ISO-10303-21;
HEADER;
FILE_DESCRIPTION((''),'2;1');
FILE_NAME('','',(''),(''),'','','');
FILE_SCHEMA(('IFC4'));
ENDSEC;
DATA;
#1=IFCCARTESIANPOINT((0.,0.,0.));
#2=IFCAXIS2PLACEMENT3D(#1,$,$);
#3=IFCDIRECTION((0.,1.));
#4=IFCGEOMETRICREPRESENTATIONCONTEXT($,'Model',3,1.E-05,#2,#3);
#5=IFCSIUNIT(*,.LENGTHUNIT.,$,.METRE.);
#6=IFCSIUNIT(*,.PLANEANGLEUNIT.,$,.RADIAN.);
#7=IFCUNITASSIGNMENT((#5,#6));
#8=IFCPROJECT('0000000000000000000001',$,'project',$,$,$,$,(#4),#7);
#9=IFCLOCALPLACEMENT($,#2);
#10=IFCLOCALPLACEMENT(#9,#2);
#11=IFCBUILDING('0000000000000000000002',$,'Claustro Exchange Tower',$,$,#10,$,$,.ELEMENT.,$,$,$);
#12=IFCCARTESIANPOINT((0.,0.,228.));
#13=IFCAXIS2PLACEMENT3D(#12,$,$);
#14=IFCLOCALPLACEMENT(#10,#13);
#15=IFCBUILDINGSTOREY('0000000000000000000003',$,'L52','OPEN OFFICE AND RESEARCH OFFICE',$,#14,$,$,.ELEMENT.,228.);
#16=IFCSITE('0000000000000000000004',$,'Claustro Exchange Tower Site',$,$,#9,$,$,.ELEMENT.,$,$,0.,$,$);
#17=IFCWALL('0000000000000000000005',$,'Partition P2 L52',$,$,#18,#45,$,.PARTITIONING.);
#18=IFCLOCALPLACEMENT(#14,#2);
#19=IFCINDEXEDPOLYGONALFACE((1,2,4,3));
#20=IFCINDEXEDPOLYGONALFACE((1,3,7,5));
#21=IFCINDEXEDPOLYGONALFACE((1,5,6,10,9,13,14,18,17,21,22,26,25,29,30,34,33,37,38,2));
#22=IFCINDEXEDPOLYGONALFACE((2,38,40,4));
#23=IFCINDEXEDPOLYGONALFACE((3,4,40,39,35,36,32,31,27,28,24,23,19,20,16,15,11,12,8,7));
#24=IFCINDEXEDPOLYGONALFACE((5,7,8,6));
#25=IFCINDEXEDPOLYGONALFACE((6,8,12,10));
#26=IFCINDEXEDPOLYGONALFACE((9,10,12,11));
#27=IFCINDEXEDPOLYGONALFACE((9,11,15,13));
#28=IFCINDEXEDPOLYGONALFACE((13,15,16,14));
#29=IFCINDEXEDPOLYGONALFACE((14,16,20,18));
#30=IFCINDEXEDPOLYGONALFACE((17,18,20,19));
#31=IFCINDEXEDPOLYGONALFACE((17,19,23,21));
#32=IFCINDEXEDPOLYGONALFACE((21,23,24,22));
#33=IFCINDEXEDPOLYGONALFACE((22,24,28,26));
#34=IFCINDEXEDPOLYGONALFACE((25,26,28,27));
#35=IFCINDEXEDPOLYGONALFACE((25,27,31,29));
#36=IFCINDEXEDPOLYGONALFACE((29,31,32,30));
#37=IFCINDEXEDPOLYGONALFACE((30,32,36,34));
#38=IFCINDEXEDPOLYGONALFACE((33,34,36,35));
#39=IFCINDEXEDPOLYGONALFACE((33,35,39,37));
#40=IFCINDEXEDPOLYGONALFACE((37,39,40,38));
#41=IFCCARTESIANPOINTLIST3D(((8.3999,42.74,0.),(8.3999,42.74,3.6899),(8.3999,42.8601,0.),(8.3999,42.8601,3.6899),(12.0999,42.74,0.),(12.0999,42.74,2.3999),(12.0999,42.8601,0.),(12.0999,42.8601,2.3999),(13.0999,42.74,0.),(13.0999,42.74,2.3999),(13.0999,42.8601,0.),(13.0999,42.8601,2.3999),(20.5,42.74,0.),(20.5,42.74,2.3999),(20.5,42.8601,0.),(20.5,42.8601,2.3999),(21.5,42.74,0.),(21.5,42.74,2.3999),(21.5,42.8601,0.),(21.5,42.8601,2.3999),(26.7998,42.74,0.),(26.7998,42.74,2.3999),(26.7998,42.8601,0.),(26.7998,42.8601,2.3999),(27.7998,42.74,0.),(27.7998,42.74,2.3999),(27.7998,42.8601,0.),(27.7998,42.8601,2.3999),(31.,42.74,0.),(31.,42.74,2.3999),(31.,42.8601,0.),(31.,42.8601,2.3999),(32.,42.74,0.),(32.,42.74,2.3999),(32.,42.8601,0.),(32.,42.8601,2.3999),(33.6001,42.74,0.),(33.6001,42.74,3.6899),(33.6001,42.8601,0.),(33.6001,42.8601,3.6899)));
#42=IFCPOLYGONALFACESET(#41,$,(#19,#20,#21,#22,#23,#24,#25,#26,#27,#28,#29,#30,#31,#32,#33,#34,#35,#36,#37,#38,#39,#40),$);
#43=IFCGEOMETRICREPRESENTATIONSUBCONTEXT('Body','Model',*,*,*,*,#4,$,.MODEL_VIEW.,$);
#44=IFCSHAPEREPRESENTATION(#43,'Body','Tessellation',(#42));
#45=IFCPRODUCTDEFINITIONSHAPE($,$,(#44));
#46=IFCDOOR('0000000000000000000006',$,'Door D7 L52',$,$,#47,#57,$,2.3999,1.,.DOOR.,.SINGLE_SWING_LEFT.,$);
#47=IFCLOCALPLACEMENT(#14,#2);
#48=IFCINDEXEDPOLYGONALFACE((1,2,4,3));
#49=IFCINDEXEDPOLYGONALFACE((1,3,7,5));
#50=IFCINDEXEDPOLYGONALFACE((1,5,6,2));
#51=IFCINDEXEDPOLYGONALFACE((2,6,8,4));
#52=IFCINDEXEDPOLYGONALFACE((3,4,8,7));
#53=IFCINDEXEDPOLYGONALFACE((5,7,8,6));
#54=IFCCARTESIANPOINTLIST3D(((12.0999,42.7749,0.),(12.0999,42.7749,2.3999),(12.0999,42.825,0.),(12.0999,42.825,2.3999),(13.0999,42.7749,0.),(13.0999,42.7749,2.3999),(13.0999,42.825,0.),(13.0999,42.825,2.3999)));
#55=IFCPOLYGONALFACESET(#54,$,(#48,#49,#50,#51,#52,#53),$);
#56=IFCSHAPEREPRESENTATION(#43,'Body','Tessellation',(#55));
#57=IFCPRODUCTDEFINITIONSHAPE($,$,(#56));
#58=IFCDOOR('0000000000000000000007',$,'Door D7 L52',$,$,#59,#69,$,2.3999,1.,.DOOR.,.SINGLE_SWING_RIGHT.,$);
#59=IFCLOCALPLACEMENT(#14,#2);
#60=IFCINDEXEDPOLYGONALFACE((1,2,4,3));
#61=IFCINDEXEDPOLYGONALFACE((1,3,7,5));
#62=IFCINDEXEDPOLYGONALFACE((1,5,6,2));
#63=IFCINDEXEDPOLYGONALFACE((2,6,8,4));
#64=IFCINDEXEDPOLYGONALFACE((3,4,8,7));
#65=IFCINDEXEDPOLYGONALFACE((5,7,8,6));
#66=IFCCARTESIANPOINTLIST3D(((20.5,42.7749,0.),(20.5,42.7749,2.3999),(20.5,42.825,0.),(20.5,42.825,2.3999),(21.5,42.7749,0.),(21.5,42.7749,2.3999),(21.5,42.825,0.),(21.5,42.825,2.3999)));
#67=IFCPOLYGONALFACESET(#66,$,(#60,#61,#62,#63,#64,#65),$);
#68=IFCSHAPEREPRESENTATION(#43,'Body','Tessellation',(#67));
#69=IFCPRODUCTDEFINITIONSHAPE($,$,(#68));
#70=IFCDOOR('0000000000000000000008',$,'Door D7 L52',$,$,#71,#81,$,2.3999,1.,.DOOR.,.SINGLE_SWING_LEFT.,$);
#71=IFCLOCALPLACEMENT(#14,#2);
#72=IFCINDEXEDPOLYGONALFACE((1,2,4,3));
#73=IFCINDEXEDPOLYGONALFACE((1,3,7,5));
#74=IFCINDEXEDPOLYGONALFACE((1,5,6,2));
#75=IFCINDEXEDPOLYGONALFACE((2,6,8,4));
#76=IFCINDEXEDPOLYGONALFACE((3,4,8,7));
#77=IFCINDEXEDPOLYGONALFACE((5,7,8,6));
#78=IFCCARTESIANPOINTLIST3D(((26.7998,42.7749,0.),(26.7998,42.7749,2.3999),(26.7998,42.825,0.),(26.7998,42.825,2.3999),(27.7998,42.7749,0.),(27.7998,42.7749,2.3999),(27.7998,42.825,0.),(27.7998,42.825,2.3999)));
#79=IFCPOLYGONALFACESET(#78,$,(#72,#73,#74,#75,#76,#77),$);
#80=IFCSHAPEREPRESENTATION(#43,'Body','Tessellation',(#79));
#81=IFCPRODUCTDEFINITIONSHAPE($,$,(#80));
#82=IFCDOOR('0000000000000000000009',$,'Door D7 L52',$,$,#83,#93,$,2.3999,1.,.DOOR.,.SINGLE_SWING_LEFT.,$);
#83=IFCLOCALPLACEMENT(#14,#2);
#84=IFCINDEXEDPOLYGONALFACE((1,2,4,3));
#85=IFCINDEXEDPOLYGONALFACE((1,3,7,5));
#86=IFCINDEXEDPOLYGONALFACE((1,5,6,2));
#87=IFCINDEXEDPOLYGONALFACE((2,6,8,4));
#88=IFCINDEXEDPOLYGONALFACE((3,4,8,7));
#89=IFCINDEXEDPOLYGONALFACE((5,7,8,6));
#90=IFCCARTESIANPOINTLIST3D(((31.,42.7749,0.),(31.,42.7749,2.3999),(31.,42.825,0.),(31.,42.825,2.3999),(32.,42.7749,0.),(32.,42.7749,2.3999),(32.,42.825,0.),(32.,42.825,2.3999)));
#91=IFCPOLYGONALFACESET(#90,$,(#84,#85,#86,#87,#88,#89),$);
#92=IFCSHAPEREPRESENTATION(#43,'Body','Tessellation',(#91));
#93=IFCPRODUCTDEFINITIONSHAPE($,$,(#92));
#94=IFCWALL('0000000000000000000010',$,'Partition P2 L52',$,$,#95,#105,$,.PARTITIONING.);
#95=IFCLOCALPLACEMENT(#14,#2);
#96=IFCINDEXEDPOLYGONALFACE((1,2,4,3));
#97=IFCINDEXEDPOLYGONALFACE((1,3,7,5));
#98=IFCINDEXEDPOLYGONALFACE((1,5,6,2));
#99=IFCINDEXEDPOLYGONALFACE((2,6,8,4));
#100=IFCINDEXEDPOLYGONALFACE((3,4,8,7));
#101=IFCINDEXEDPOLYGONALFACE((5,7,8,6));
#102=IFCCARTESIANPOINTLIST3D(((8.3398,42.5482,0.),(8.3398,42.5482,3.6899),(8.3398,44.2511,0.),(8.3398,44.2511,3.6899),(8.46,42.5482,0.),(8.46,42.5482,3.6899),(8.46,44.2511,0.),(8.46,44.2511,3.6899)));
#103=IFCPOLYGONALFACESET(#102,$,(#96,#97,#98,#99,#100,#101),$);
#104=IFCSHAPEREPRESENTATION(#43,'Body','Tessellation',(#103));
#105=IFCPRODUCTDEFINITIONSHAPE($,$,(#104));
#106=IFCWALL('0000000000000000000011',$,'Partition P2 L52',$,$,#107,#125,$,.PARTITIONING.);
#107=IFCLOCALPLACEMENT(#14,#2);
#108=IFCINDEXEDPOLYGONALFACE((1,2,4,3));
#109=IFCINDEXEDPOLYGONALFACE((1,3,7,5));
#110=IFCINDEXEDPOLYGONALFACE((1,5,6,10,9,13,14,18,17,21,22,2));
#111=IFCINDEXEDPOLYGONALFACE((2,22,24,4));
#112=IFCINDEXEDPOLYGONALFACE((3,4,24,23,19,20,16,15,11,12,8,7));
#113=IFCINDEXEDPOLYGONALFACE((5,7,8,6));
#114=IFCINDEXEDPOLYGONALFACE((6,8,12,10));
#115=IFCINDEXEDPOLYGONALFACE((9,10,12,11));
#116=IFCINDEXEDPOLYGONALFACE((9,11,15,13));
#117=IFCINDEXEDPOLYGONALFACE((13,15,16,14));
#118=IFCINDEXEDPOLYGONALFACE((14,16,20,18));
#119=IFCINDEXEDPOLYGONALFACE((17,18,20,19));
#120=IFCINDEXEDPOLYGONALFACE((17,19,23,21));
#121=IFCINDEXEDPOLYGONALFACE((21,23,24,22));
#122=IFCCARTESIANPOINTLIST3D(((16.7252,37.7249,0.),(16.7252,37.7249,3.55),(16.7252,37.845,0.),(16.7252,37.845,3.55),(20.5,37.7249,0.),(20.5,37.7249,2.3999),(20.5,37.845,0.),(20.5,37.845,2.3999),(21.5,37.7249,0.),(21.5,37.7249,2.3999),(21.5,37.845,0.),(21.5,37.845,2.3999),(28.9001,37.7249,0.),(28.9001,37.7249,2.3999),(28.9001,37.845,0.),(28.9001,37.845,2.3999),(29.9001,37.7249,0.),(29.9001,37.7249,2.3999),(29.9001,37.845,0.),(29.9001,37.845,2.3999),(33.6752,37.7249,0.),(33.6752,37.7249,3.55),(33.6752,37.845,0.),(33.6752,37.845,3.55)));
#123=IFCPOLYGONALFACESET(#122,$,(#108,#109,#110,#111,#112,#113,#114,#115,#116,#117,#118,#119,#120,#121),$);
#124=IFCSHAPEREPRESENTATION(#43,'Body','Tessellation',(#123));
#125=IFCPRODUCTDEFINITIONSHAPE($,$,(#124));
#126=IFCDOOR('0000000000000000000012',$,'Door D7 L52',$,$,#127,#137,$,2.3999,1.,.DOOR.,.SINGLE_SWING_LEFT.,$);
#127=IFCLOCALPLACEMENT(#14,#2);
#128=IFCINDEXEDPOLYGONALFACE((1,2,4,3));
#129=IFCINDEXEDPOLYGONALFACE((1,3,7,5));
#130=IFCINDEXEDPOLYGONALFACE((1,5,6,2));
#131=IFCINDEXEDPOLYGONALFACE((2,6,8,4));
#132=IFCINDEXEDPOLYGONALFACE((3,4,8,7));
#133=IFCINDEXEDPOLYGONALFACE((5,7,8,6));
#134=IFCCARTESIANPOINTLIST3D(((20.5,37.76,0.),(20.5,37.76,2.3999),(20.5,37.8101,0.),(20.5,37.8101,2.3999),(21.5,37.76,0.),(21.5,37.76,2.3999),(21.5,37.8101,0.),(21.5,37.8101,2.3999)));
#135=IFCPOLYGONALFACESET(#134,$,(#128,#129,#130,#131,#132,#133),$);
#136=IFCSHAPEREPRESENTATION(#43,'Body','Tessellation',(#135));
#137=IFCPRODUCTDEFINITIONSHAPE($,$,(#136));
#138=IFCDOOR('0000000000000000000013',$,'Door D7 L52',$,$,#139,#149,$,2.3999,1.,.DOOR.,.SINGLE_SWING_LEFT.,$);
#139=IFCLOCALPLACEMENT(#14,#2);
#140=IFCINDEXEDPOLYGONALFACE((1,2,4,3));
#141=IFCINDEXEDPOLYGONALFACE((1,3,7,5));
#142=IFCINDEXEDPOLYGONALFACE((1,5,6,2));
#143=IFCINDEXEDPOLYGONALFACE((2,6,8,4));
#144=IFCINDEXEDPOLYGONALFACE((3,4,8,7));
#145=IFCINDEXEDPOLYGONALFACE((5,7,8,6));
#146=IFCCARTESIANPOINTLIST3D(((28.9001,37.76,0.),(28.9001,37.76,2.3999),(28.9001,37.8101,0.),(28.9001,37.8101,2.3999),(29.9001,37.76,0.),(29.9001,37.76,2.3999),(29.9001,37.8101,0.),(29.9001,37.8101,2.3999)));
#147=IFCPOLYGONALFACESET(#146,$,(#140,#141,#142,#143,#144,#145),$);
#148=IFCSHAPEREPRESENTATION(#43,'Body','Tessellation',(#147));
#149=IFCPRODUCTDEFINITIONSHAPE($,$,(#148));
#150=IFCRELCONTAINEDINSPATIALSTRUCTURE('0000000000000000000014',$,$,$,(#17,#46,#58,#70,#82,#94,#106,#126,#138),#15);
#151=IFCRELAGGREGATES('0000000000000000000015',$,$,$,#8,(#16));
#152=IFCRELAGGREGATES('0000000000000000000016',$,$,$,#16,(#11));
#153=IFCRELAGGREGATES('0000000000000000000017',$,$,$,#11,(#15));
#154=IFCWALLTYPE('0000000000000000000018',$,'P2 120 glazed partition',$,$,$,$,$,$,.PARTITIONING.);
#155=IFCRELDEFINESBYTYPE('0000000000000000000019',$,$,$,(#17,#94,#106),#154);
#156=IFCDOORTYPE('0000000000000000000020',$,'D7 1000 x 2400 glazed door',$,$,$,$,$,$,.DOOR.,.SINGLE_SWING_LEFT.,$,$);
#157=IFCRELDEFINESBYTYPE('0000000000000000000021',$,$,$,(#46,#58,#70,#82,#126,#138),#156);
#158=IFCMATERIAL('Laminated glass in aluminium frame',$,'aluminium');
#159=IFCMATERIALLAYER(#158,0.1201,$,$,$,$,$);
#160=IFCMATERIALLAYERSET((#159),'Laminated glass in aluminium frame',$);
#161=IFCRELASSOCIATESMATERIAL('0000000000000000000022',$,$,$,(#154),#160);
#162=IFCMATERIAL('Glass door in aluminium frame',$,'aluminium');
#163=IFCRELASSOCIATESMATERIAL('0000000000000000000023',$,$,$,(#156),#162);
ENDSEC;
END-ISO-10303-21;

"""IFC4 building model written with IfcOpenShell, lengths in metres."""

from ifc_helpers import new_model, si_unit, direction, frame, frame_2d, origin, place, context, subcontext, project, spatial, rectangle, extrude, material, layer, layer_set, type_object, element, fill, save


model = new_model("IFC4")

# Units and contexts
model_context = context("Model", 3, precision=1e-05, world=origin(), true_north=direction((0.0, 1.0)))
body_context = subcontext(model_context, "Body", "Model", "MODEL_VIEW")
ifc_project = project(units=[si_unit("LENGTHUNIT", "METRE"), si_unit("PLANEANGLEUNIT", "RADIAN")], contexts=[model_context])

# Site, building, storey
site_placement = place(None, origin())
site = spatial("IfcSite", under=ifc_project, at=site_placement, Name="Claustro Exchange Tower Site", CompositionType="ELEMENT", RefElevation=0.0)
building_placement = place(site_placement, origin())
building = spatial("IfcBuilding", under=site, at=building_placement, Name="Claustro Exchange Tower", CompositionType="ELEMENT")
storey_placement = place(building_placement, frame((0.0, 0.0, 228.0)))
storey = spatial("IfcBuildingStorey", under=building, at=storey_placement, Name="L52", Description="OPEN OFFICE AND RESEARCH OFFICE", CompositionType="ELEMENT", Elevation=228.0)

# Wall, openings, doors
ifc_material_1 = material(Name="Laminated glass in aluminium frame", Category="aluminium")
ifc_layer_1 = layer(ifc_material_1, 0.1201)
ifc_layer_set_1 = layer_set([ifc_layer_1], Name="Laminated glass in aluminium frame")
wall_type_1 = type_object("IfcWallType", Name="P2 120 glazed partition", PredefinedType="PARTITIONING", material=ifc_layer_set_1)
wall_1_placement = place(storey_placement, frame((8.3999, 42.8, 0.0), z_axis=(0.0, 0.0, 1.0), x_axis=(1.0, 0.0, 0.0)))
wall_1 = element("IfcWall", 1, at=wall_1_placement, inside=storey, type_object=wall_type_1, Name="Partition P2 L52", PredefinedType="PARTITIONING", context=body_context, shape_type="SweptSolid", body=[
    extrude(rectangle(XDim=25.2002, YDim=0.1201, at=frame_2d((12.6001, 0.0))), origin(), (0.0, 0.0, 1.0), 3.6899),
])
opening_1_placement = place(wall_1_placement, frame((3.7, 0.0, 0.0)))
opening_1 = element("IfcOpeningElement", 2, at=opening_1_placement, cuts=wall_1, PredefinedType="OPENING", context=body_context, shape_type="SweptSolid", body=[
    extrude(rectangle(XDim=1.0, YDim=2.3999, at=frame_2d((0.5, 1.2))), frame((0.0, 0.0701, 0.0), z_axis=(0.0, -1.0, 0.0), x_axis=(1.0, 0.0, 0.0)), (0.0, 0.0, 1.0), 0.1401),
])
opening_2_placement = place(wall_1_placement, frame((12.1001, 0.0, 0.0)))
opening_2 = element("IfcOpeningElement", 3, at=opening_2_placement, cuts=wall_1, PredefinedType="OPENING", context=body_context, shape_type="SweptSolid", body=[
    extrude(rectangle(XDim=1.0, YDim=2.3999, at=frame_2d((0.5, 1.2))), frame((0.0, 0.0701, 0.0), z_axis=(0.0, -1.0, 0.0), x_axis=(1.0, 0.0, 0.0)), (0.0, 0.0, 1.0), 0.1401),
])
opening_3_placement = place(wall_1_placement, frame((18.3999, 0.0, 0.0)))
opening_3 = element("IfcOpeningElement", 4, at=opening_3_placement, cuts=wall_1, PredefinedType="OPENING", context=body_context, shape_type="SweptSolid", body=[
    extrude(rectangle(XDim=1.0, YDim=2.3999, at=frame_2d((0.5, 1.2))), frame((0.0, 0.0701, 0.0), z_axis=(0.0, -1.0, 0.0), x_axis=(1.0, 0.0, 0.0)), (0.0, 0.0, 1.0), 0.1401),
])
opening_4_placement = place(wall_1_placement, frame((22.6001, 0.0, 0.0)))
opening_4 = element("IfcOpeningElement", 5, at=opening_4_placement, cuts=wall_1, PredefinedType="OPENING", context=body_context, shape_type="SweptSolid", body=[
    extrude(rectangle(XDim=1.0, YDim=2.3999, at=frame_2d((0.5, 1.2))), frame((0.0, 0.0701, 0.0), z_axis=(0.0, -1.0, 0.0), x_axis=(1.0, 0.0, 0.0)), (0.0, 0.0, 1.0), 0.1401),
])
ifc_material_2 = material(Name="Glass door in aluminium frame", Category="aluminium")
door_type = type_object("IfcDoorType", Name="D7 1000 x 2400 glazed door", OperationType="SINGLE_SWING_LEFT", PredefinedType="DOOR", material=ifc_material_2)
door_1_placement = place(opening_1_placement, origin())
door_1 = element("IfcDoor", 6, at=door_1_placement, inside=storey, type_object=door_type, Name="Door D7 L52", OperationType="SINGLE_SWING_LEFT", OverallHeight=2.3999, OverallWidth=1.0, PredefinedType="DOOR", context=body_context, shape_type="SweptSolid", body=[
    extrude(rectangle(XDim=1.0, YDim=2.3999, at=frame_2d((0.5, 1.2))), frame((0.0, 0.0249, 0.0), z_axis=(0.0, -1.0, 0.0), x_axis=(1.0, 0.0, 0.0)), (0.0, 0.0, 1.0), 0.05),
])
fill(opening_1, door_1)
door_2_placement = place(opening_2_placement, origin())
door_2 = element("IfcDoor", 7, at=door_2_placement, inside=storey, type_object=door_type, Name="Door D7 L52", OperationType="SINGLE_SWING_RIGHT", OverallHeight=2.3999, OverallWidth=1.0, PredefinedType="DOOR", context=body_context, shape_type="SweptSolid", body=[
    extrude(rectangle(XDim=1.0, YDim=2.3999, at=frame_2d((0.5, 1.2))), frame((0.0, 0.0249, 0.0), z_axis=(0.0, -1.0, 0.0), x_axis=(1.0, 0.0, 0.0)), (0.0, 0.0, 1.0), 0.05),
])
fill(opening_2, door_2)
door_3_placement = place(opening_3_placement, origin())
door_3 = element("IfcDoor", 8, at=door_3_placement, inside=storey, type_object=door_type, Name="Door D7 L52", OperationType="SINGLE_SWING_LEFT", OverallHeight=2.3999, OverallWidth=1.0, PredefinedType="DOOR", context=body_context, shape_type="SweptSolid", body=[
    extrude(rectangle(XDim=1.0, YDim=2.3999, at=frame_2d((0.5, 1.2))), frame((0.0, 0.0249, 0.0), z_axis=(0.0, -1.0, 0.0), x_axis=(1.0, 0.0, 0.0)), (0.0, 0.0, 1.0), 0.05),
])
fill(opening_3, door_3)
door_4_placement = place(opening_4_placement, origin())
door_4 = element("IfcDoor", 9, at=door_4_placement, inside=storey, type_object=door_type, Name="Door D7 L52", OperationType="SINGLE_SWING_LEFT", OverallHeight=2.3999, OverallWidth=1.0, PredefinedType="DOOR", context=body_context, shape_type="SweptSolid", body=[
    extrude(rectangle(XDim=1.0, YDim=2.3999, at=frame_2d((0.5, 1.2))), frame((0.0, 0.0249, 0.0), z_axis=(0.0, -1.0, 0.0), x_axis=(1.0, 0.0, 0.0)), (0.0, 0.0, 1.0), 0.05),
])
fill(opening_4, door_4)

# Wall
wall_2_placement = place(storey_placement, frame((8.3999, 42.5481, 0.0), z_axis=(0.0, 0.0, 1.0), x_axis=(0.0, 1.0, 0.0)))
element("IfcWall", 10, at=wall_2_placement, inside=storey, type_object=wall_type_1, Name="Partition P2 L52", PredefinedType="PARTITIONING", context=body_context, shape_type="SweptSolid", body=[
    extrude(rectangle(XDim=1.7029, YDim=0.1201, at=frame_2d((0.8516, 0.0))), origin(), (0.0, 0.0, 1.0), 3.6899),
])

# Wall, openings, doors
wall_3_placement = place(storey_placement, frame((16.7251, 37.7849, 0.0), z_axis=(0.0, 0.0, 1.0), x_axis=(1.0, 0.0, 0.0)))
wall_3 = element("IfcWall", 11, at=wall_3_placement, inside=storey, type_object=wall_type_1, Name="Partition P2 L52", PredefinedType="PARTITIONING", context=body_context, shape_type="SweptSolid", body=[
    extrude(rectangle(XDim=16.95, YDim=0.1201, at=frame_2d((8.4751, 0.0))), origin(), (0.0, 0.0, 1.0), 3.55),
])
opening_5_placement = place(wall_3_placement, frame((3.7749, 0.0, 0.0)))
opening_5 = element("IfcOpeningElement", 12, at=opening_5_placement, cuts=wall_3, PredefinedType="OPENING", context=body_context, shape_type="SweptSolid", body=[
    extrude(rectangle(XDim=1.0, YDim=2.3999, at=frame_2d((0.5, 1.2))), frame((0.0, 0.0701, 0.0), z_axis=(0.0, -1.0, 0.0), x_axis=(1.0, 0.0, 0.0)), (0.0, 0.0, 1.0), 0.1401),
])
opening_6_placement = place(wall_3_placement, frame((12.175, 0.0, 0.0)))
opening_6 = element("IfcOpeningElement", 13, at=opening_6_placement, cuts=wall_3, PredefinedType="OPENING", context=body_context, shape_type="SweptSolid", body=[
    extrude(rectangle(XDim=1.0, YDim=2.3999, at=frame_2d((0.5, 1.2))), frame((0.0, 0.0701, 0.0), z_axis=(0.0, -1.0, 0.0), x_axis=(1.0, 0.0, 0.0)), (0.0, 0.0, 1.0), 0.1401),
])
door_5_placement = place(opening_5_placement, frame((1.0, 0.0, 0.0), z_axis=(0.0, 0.0, 1.0), x_axis=(-1.0, 0.0, 0.0)))
door_5 = element("IfcDoor", 14, at=door_5_placement, inside=storey, type_object=door_type, Name="Door D7 L52", OperationType="SINGLE_SWING_LEFT", OverallHeight=2.3999, OverallWidth=1.0, PredefinedType="DOOR", context=body_context, shape_type="SweptSolid", body=[
    extrude(rectangle(XDim=1.0, YDim=2.3999, at=frame_2d((0.5, 1.2))), frame((0.0, 0.0249, 0.0), z_axis=(0.0, -1.0, 0.0), x_axis=(1.0, 0.0, 0.0)), (0.0, 0.0, 1.0), 0.05),
])
fill(opening_5, door_5)
door_6_placement = place(opening_6_placement, frame((1.0, 0.0, 0.0), z_axis=(0.0, 0.0, 1.0), x_axis=(-1.0, 0.0, 0.0)))
door_6 = element("IfcDoor", 15, at=door_6_placement, inside=storey, type_object=door_type, Name="Door D7 L52", OperationType="SINGLE_SWING_LEFT", OverallHeight=2.3999, OverallWidth=1.0, PredefinedType="DOOR", context=body_context, shape_type="SweptSolid", body=[
    extrude(rectangle(XDim=1.0, YDim=2.3999, at=frame_2d((0.5, 1.2))), frame((0.0, 0.0249, 0.0), z_axis=(0.0, -1.0, 0.0), x_axis=(1.0, 0.0, 0.0)), (0.0, 0.0, 1.0), 0.05),
])
fill(opening_6, door_6)

save(model, "model.ifc")
